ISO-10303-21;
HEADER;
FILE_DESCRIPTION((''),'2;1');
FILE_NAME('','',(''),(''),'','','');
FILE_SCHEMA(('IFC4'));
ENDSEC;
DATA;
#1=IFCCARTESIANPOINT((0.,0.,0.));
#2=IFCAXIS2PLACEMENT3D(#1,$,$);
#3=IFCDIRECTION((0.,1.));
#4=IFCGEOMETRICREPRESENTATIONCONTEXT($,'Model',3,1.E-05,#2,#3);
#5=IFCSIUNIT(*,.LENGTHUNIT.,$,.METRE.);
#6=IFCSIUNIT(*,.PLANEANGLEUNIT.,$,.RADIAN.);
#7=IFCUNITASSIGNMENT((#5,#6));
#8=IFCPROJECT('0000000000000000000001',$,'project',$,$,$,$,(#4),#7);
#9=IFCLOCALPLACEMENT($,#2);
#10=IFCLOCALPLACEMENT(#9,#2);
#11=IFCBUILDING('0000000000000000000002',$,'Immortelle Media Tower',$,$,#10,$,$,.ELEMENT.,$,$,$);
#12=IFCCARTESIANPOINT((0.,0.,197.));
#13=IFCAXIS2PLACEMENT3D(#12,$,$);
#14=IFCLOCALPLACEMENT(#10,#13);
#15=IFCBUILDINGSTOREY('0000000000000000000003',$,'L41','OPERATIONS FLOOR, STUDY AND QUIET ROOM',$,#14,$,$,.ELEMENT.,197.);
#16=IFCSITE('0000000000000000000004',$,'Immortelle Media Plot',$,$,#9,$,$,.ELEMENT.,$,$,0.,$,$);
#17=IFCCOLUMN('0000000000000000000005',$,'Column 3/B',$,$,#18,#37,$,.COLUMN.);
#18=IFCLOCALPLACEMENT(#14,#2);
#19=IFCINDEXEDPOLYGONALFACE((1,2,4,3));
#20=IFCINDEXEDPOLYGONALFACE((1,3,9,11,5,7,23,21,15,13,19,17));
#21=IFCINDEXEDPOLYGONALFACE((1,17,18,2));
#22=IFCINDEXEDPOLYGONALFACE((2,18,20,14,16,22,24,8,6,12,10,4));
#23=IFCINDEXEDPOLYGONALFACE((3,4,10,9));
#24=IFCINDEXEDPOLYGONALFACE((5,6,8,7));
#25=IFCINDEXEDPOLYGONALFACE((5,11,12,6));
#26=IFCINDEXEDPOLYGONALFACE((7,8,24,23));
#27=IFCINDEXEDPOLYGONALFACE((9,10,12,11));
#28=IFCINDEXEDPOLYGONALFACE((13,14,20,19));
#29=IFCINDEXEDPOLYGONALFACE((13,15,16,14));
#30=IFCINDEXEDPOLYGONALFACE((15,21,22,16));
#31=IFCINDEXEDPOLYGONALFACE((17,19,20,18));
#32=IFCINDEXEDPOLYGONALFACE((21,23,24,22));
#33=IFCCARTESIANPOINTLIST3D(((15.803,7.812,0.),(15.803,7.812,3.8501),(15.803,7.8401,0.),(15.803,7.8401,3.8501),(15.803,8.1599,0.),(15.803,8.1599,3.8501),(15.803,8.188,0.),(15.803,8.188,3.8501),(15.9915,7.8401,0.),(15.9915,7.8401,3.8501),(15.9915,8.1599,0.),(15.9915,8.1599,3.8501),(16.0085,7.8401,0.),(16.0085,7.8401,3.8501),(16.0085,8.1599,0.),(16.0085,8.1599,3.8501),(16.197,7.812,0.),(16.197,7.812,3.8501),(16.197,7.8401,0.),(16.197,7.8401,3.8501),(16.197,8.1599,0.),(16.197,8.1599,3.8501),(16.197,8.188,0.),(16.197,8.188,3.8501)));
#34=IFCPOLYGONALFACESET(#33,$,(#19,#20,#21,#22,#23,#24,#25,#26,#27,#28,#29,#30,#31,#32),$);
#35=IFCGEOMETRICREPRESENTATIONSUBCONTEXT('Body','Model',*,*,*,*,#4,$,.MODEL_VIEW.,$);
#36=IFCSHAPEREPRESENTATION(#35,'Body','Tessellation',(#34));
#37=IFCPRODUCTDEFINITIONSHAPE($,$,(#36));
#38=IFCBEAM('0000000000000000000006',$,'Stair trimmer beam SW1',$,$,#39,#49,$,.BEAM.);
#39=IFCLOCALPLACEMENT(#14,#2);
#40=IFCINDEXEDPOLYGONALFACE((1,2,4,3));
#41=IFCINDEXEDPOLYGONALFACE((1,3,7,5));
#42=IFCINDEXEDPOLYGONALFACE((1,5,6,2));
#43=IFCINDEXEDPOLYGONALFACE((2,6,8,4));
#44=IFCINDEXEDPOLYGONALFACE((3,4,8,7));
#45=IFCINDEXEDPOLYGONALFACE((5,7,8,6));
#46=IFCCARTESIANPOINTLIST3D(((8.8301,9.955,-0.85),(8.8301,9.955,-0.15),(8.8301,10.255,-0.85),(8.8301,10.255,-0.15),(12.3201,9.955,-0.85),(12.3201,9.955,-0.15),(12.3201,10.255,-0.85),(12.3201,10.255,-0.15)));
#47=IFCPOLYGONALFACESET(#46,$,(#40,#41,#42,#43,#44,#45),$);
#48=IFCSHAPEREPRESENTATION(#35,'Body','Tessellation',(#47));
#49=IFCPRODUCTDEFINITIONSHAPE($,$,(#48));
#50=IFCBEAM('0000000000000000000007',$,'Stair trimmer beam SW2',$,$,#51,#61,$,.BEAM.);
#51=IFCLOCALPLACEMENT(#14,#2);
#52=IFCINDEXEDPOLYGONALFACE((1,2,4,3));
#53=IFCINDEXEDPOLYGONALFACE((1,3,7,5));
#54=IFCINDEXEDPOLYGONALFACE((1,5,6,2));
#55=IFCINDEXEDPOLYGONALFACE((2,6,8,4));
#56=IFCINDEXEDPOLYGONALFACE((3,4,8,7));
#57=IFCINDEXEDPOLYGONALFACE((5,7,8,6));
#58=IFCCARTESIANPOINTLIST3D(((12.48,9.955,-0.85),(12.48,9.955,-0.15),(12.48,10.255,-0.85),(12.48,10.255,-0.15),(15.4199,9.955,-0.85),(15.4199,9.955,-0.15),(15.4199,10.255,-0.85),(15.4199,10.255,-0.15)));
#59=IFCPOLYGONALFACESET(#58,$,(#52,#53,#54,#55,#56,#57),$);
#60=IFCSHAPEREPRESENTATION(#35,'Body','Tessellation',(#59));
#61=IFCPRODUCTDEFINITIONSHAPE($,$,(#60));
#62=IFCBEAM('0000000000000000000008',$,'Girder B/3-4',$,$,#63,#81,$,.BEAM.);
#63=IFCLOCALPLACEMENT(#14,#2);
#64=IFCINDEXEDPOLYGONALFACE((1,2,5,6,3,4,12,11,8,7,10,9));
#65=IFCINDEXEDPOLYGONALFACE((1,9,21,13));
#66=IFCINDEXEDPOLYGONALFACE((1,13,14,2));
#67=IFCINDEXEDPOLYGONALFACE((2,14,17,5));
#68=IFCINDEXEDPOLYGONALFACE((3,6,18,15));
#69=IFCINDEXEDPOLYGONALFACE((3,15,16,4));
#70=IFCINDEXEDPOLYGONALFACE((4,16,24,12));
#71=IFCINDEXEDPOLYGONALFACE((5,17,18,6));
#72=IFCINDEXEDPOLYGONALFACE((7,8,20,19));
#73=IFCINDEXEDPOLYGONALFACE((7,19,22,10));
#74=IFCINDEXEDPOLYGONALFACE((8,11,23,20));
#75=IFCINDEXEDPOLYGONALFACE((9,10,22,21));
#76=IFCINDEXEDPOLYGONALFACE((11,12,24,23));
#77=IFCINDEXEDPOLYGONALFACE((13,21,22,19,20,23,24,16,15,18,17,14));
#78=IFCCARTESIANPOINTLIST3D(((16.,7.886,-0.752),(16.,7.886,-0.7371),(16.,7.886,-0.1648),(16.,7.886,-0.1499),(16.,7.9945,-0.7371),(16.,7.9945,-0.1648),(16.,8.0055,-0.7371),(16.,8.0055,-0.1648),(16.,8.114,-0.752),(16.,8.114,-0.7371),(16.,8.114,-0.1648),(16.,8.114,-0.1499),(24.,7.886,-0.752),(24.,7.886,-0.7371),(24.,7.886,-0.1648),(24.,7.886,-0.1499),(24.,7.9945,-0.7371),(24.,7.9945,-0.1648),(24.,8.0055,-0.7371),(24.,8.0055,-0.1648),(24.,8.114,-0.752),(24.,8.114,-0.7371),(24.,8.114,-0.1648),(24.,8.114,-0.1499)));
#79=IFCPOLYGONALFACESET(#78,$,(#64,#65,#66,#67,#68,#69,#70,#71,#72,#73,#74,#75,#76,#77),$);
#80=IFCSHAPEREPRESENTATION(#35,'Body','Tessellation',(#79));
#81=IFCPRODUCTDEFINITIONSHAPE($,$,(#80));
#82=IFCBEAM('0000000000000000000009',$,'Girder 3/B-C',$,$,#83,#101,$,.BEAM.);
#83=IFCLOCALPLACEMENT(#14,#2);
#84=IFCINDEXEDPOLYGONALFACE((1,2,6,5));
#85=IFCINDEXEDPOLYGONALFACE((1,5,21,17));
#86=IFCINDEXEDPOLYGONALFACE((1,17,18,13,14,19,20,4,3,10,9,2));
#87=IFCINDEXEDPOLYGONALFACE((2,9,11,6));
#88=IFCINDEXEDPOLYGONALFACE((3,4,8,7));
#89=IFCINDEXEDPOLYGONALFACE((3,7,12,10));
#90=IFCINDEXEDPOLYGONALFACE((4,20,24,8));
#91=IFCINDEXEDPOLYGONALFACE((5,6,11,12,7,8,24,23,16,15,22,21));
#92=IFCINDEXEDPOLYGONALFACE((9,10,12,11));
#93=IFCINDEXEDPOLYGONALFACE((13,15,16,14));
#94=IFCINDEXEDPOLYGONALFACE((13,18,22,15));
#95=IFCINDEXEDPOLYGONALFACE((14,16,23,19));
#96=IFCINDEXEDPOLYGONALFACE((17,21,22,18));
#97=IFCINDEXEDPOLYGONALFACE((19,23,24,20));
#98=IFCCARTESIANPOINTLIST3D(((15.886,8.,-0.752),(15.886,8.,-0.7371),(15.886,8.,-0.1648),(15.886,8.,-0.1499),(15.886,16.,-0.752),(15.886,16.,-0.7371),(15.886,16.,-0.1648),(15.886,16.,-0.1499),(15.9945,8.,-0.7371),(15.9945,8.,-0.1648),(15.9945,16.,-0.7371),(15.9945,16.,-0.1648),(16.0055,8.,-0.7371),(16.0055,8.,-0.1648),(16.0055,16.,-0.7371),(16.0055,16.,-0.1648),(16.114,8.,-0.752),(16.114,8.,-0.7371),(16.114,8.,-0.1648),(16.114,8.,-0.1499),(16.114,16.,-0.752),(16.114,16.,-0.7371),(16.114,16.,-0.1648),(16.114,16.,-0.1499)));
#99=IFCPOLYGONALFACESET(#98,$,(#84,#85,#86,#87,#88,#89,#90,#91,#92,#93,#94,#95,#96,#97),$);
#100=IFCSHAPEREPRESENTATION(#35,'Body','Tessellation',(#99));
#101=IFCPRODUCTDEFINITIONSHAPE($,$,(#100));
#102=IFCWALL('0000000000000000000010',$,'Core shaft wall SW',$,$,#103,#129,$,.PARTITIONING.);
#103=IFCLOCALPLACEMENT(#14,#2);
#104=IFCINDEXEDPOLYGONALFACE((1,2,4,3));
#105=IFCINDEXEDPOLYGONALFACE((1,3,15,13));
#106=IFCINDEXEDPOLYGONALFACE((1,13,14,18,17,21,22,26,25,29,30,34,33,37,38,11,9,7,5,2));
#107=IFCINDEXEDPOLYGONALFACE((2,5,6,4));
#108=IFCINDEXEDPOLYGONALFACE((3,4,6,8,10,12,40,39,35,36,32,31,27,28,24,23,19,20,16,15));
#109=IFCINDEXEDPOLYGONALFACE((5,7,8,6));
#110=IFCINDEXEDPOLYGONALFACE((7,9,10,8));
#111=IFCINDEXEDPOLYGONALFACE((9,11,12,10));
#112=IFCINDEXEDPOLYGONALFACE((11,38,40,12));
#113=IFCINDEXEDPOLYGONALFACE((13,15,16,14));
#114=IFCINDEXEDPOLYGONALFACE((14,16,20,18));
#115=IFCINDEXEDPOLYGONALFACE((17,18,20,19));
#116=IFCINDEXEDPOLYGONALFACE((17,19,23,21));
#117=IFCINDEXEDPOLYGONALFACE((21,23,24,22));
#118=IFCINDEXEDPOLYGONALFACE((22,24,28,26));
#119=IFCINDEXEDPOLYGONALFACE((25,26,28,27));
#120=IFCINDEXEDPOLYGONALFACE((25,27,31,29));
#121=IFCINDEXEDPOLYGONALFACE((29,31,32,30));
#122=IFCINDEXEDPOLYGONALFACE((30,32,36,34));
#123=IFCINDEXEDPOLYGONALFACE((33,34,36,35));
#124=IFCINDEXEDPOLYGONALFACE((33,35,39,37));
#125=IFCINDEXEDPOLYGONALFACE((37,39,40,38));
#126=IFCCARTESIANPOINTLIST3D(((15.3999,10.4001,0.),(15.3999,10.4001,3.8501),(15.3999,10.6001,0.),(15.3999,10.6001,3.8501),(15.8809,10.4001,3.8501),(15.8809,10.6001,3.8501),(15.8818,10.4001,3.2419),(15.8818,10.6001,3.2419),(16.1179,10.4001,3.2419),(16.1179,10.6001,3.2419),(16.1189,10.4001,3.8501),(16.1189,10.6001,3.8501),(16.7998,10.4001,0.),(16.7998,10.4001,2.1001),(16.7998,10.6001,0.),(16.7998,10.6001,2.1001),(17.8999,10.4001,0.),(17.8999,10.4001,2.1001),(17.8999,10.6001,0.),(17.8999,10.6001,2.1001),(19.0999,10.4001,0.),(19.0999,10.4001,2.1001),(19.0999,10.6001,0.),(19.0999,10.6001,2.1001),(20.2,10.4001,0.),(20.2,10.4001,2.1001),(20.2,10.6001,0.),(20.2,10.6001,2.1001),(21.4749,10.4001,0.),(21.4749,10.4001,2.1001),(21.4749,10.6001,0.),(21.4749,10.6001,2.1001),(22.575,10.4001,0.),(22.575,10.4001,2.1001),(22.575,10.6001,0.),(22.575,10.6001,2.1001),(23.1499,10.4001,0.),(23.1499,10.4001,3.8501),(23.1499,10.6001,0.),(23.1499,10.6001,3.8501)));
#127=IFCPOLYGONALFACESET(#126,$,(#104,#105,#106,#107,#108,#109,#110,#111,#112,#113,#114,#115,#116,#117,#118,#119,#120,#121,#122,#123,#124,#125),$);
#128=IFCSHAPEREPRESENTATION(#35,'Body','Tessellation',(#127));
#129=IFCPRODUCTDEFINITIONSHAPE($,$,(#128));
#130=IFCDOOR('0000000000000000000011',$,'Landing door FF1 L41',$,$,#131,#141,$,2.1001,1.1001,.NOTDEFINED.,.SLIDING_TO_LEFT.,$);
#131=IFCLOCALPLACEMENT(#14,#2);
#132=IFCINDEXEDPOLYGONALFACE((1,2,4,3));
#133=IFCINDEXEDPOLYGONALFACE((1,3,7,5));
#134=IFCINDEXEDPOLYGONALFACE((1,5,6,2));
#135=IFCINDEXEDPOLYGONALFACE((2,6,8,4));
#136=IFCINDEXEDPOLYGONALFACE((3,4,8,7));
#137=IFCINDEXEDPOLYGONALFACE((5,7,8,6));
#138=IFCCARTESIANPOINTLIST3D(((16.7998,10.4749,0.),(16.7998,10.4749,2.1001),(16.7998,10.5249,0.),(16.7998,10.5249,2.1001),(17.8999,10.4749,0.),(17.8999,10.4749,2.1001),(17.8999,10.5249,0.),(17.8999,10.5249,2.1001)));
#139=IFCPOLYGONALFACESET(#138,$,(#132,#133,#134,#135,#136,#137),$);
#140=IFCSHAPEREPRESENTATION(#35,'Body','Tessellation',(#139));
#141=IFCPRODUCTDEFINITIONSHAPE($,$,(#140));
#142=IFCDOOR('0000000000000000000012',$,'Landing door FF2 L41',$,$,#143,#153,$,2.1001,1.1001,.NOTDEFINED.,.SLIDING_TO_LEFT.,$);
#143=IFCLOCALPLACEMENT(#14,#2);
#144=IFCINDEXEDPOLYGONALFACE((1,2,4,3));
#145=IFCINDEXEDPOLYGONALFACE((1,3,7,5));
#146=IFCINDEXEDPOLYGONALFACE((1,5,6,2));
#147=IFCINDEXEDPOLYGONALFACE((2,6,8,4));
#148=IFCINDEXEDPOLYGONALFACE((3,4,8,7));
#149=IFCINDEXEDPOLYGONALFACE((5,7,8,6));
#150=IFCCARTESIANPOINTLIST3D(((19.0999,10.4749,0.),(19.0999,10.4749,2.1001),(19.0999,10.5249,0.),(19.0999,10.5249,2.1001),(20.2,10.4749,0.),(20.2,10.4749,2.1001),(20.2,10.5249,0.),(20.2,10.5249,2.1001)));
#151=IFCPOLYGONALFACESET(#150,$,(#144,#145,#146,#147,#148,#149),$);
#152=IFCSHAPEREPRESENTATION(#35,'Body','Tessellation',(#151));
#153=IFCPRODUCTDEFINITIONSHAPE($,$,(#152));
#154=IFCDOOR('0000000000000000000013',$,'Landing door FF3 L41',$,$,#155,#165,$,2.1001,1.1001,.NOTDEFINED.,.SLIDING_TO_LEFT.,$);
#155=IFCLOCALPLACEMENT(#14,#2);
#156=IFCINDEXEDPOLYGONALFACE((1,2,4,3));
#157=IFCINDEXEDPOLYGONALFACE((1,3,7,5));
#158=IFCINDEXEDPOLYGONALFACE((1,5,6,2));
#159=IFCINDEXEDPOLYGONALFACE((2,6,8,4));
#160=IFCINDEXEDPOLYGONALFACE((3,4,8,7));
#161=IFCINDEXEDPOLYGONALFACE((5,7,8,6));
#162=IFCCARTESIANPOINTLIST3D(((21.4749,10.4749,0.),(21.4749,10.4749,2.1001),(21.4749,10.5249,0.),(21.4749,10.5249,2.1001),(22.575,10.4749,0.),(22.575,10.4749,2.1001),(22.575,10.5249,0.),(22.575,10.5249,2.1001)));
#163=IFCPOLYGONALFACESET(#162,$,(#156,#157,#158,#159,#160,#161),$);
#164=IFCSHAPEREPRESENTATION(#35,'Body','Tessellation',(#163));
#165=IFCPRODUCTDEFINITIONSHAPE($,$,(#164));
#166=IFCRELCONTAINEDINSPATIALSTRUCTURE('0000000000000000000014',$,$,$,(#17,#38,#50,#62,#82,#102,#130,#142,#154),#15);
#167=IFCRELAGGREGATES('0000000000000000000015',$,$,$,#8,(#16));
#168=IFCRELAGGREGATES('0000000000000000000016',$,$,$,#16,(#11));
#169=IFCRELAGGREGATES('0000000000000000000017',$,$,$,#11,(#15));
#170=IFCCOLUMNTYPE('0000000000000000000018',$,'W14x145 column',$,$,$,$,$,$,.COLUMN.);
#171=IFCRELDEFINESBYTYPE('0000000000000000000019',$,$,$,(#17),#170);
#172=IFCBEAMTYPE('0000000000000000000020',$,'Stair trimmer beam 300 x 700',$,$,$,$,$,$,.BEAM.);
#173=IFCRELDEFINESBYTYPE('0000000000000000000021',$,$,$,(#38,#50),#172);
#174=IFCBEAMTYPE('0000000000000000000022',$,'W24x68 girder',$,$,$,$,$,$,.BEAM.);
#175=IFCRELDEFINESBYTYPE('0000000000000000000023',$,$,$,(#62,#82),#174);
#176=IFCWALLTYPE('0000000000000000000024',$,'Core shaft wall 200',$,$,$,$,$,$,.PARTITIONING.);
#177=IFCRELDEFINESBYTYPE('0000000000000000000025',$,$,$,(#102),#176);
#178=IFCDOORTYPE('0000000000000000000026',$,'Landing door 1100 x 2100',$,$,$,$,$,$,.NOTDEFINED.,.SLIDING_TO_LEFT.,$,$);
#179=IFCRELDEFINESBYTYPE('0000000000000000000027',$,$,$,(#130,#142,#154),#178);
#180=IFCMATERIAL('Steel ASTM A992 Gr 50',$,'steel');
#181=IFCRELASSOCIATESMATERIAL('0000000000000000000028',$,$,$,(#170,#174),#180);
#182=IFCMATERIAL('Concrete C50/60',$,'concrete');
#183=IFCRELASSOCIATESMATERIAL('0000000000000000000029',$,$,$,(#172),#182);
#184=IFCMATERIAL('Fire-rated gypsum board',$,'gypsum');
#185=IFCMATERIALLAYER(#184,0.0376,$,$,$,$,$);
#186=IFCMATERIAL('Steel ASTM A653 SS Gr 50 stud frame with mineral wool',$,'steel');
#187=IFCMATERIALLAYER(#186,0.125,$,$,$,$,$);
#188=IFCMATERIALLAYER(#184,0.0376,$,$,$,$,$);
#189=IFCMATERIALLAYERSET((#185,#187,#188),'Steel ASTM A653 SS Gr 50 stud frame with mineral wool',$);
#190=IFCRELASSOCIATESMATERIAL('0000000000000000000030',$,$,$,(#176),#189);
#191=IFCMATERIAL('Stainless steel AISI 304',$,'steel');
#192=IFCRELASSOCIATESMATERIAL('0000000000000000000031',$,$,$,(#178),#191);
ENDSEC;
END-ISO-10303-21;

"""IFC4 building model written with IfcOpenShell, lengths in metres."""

from ifc_helpers import new_model, si_unit, direction, frame, frame_2d, origin, origin_2d, place, context, subcontext, project, spatial, polyline, rectangle, i_section, outline, extrude, material, layer, layer_set, material_profile, profile_set, type_object, element, fill, save


model = new_model("IFC4")

# Units and contexts
model_context = context("Model", 3, precision=1e-05, world=origin(), true_north=direction((0.0, 1.0)))
body_context = subcontext(model_context, "Body", "Model", "MODEL_VIEW")
ifc_project = project(units=[si_unit("LENGTHUNIT", "METRE"), si_unit("PLANEANGLEUNIT", "RADIAN")], contexts=[model_context])

# Site, building, storey
site_placement = place(None, origin())
site = spatial("IfcSite", under=ifc_project, at=site_placement, Name="Immortelle Media Plot", CompositionType="ELEMENT", RefElevation=0.0)
building_placement = place(site_placement, origin())
building = spatial("IfcBuilding", under=site, at=building_placement, Name="Immortelle Media Tower", CompositionType="ELEMENT")
storey_placement = place(building_placement, frame((0.0, 0.0, 197.0)))
storey = spatial("IfcBuildingStorey", under=building, at=storey_placement, Name="L41", Description="OPERATIONS FLOOR, STUDY AND QUIET ROOM", CompositionType="ELEMENT", Elevation=197.0)

# Column
ifc_material_1 = material(Name="Steel ASTM A992 Gr 50", Category="steel")
ifc_material_profile_1 = material_profile(ifc_material_1, i_section(OverallWidth=0.394, OverallDepth=0.376, WebThickness=0.0171, FlangeThickness=0.0281, at=origin_2d()), Name="W14x145")
ifc_profile_set_1 = profile_set([ifc_material_profile_1], Name="Steel ASTM A992 Gr 50")
column_type = type_object("IfcColumnType", Name="W14x145 column", PredefinedType="COLUMN", material=ifc_profile_set_1)
column_placement = place(storey_placement, frame((16.0, 8.0, 0.0), z_axis=(0.0, 0.0, 1.0), x_axis=(1.0, 0.0, 0.0)))
element("IfcColumn", 1, at=column_placement, inside=storey, type_object=column_type, Name="Column 3/B", PredefinedType="COLUMN", context=body_context, shape_type="SweptSolid", body=[
    extrude(i_section(OverallWidth=0.394, OverallDepth=0.376, WebThickness=0.0171, FlangeThickness=0.0281, at=origin_2d()), origin(), (0.0, 0.0, 1.0), 3.8501),
])

# Beams
ifc_material_2 = material(Name="Concrete C50/60", Category="concrete")
ifc_material_profile_2 = material_profile(ifc_material_2, rectangle(XDim=0.3, YDim=0.7, at=origin_2d()), Name="RC 300x700")
ifc_profile_set_2 = profile_set([ifc_material_profile_2], Name="Concrete C50/60")
beam_type_1 = type_object("IfcBeamType", Name="Stair trimmer beam 300 x 700", PredefinedType="BEAM", material=ifc_profile_set_2)
beam_1_placement = place(storey_placement, frame((8.8301, 10.105, -0.5), z_axis=(1.0, 0.0, 0.0), x_axis=(0.0, 1.0, 0.0)))
element("IfcBeam", 2, at=beam_1_placement, inside=storey, type_object=beam_type_1, Name="Stair trimmer beam SW1", PredefinedType="BEAM", context=body_context, shape_type="SweptSolid", body=[
    extrude(rectangle(XDim=0.3, YDim=0.7, at=origin_2d()), origin(), (0.0, 0.0, 1.0), 3.49),
])
beam_2_placement = place(storey_placement, frame((12.48, 10.105, -0.5), z_axis=(1.0, 0.0, 0.0), x_axis=(0.0, 1.0, 0.0)))
element("IfcBeam", 3, at=beam_2_placement, inside=storey, type_object=beam_type_1, Name="Stair trimmer beam SW2", PredefinedType="BEAM", context=body_context, shape_type="SweptSolid", body=[
    extrude(rectangle(XDim=0.3, YDim=0.7, at=origin_2d()), origin(), (0.0, 0.0, 1.0), 2.9399),
])
ifc_material_profile_3 = material_profile(ifc_material_1, i_section(OverallWidth=0.228, OverallDepth=0.6021, WebThickness=0.011, FlangeThickness=0.0149, at=origin_2d()), Name="W24x68")
ifc_profile_set_3 = profile_set([ifc_material_profile_3], Name="Steel ASTM A992 Gr 50")
beam_type_2 = type_object("IfcBeamType", Name="W24x68 girder", PredefinedType="BEAM", material=ifc_profile_set_3)
for number, where, z_axis, x_axis, name in (
    (4, (16.0, 8.0, -0.4509), (1.0, 0.0, 0.0), (0.0, 1.0, 0.0), "Girder B/3-4"),
    (5, (16.0, 8.0, -0.4509), (0.0, 1.0, 0.0), (-1.0, 0.0, 0.0), "Girder 3/B-C"),
):
    element("IfcBeam", number, at=place(storey_placement, frame(where, z_axis=z_axis, x_axis=x_axis)), inside=storey, type_object=beam_type_2, Name=name, PredefinedType="BEAM", context=body_context, shape_type="SweptSolid", body=[
        extrude(i_section(OverallWidth=0.228, OverallDepth=0.6021, WebThickness=0.011, FlangeThickness=0.0149, at=origin_2d()), origin(), (0.0, 0.0, 1.0), 8.0),
    ])

# Wall, openings, doors
ifc_material_3 = material(Name="Fire-rated gypsum board", Category="gypsum")
ifc_layer_1 = layer(ifc_material_3, 0.0376)
ifc_material_4 = material(Name="Steel ASTM A653 SS Gr 50 stud frame with mineral wool", Category="steel")
ifc_layer_2 = layer(ifc_material_4, 0.125)
ifc_layer_3 = layer(ifc_material_3, 0.0376)
ifc_layer_set_1 = layer_set([ifc_layer_1, ifc_layer_2, ifc_layer_3], Name="Steel ASTM A653 SS Gr 50 stud frame with mineral wool")
wall_type_1 = type_object("IfcWallType", Name="Core shaft wall 200", PredefinedType="PARTITIONING", material=ifc_layer_set_1)
wall_1_placement = place(storey_placement, frame((15.3999, 10.5, 0.0), z_axis=(0.0, 0.0, 1.0), x_axis=(1.0, 0.0, 0.0)))
wall_1 = element("IfcWall", 6, at=wall_1_placement, inside=storey, type_object=wall_type_1, Name="Core shaft wall SW", PredefinedType="PARTITIONING", context=body_context, shape_type="SweptSolid", body=[
    extrude(outline(polyline([(0.0, 0.0), (7.75, 0.0), (7.75, 3.8501), (0.719, 3.8501), (0.718, 3.2419), (0.4819, 3.2419), (0.481, 3.8501), (0.0, 3.8501), (0.0, 0.0)])), frame((0.0, 0.1001, 0.0), z_axis=(0.0, -1.0, 0.0), x_axis=(1.0, 0.0, 0.0)), (0.0, 0.0, 1.0), 0.2),
])
opening_1_placement = place(wall_1_placement, frame((1.3999, 0.0, 0.0)))
opening_1 = element("IfcOpeningElement", 7, at=opening_1_placement, cuts=wall_1, PredefinedType="OPENING", context=body_context, shape_type="SweptSolid", body=[
    extrude(rectangle(XDim=1.1001, YDim=2.1001, at=frame_2d((0.55, 1.05))), frame((0.0, 0.1099, 0.0), z_axis=(0.0, -1.0, 0.0), x_axis=(1.0, 0.0, 0.0)), (0.0, 0.0, 1.0), 0.22),
])
opening_2_placement = place(wall_1_placement, frame((3.7, 0.0, 0.0)))
opening_2 = element("IfcOpeningElement", 8, at=opening_2_placement, cuts=wall_1, PredefinedType="OPENING", context=body_context, shape_type="SweptSolid", body=[
    extrude(rectangle(XDim=1.1001, YDim=2.1001, at=frame_2d((0.55, 1.05))), frame((0.0, 0.1099, 0.0), z_axis=(0.0, -1.0, 0.0), x_axis=(1.0, 0.0, 0.0)), (0.0, 0.0, 1.0), 0.22),
])
opening_3_placement = place(wall_1_placement, frame((6.075, 0.0, 0.0)))
opening_3 = element("IfcOpeningElement", 9, at=opening_3_placement, cuts=wall_1, PredefinedType="OPENING", context=body_context, shape_type="SweptSolid", body=[
    extrude(rectangle(XDim=1.1001, YDim=2.1001, at=frame_2d((0.55, 1.05))), frame((0.0, 0.1099, 0.0), z_axis=(0.0, -1.0, 0.0), x_axis=(1.0, 0.0, 0.0)), (0.0, 0.0, 1.0), 0.22),
])
ifc_material_5 = material(Name="Stainless steel AISI 304", Category="steel")
door_type_1 = type_object("IfcDoorType", Name="Landing door 1100 x 2100", OperationType="SLIDING_TO_LEFT", PredefinedType="NOTDEFINED", material=ifc_material_5)
door_1_placement = place(opening_1_placement, origin())
door_1 = element("IfcDoor", 10, at=door_1_placement, inside=storey, type_object=door_type_1, Name="Landing door FF1 L41", OperationType="SLIDING_TO_LEFT", OverallHeight=2.1001, OverallWidth=1.1001, PredefinedType="NOTDEFINED", context=body_context, shape_type="SweptSolid", body=[
    extrude(rectangle(XDim=1.1001, YDim=2.1001, at=frame_2d((0.55, 1.05))), frame((0.0, 0.0249, 0.0), z_axis=(0.0, -1.0, 0.0), x_axis=(1.0, 0.0, 0.0)), (0.0, 0.0, 1.0), 0.05),
])
fill(opening_1, door_1)
door_2_placement = place(opening_2_placement, origin())
door_2 = element("IfcDoor", 11, at=door_2_placement, inside=storey, type_object=door_type_1, Name="Landing door FF2 L41", OperationType="SLIDING_TO_LEFT", OverallHeight=2.1001, OverallWidth=1.1001, PredefinedType="NOTDEFINED", context=body_context, shape_type="SweptSolid", body=[
    extrude(rectangle(XDim=1.1001, YDim=2.1001, at=frame_2d((0.55, 1.05))), frame((0.0, 0.0249, 0.0), z_axis=(0.0, -1.0, 0.0), x_axis=(1.0, 0.0, 0.0)), (0.0, 0.0, 1.0), 0.05),
])
fill(opening_2, door_2)
door_3_placement = place(opening_3_placement, origin())
door_3 = element("IfcDoor", 12, at=door_3_placement, inside=storey, type_object=door_type_1, Name="Landing door FF3 L41", OperationType="SLIDING_TO_LEFT", OverallHeight=2.1001, OverallWidth=1.1001, PredefinedType="NOTDEFINED", context=body_context, shape_type="SweptSolid", body=[
    extrude(rectangle(XDim=1.1001, YDim=2.1001, at=frame_2d((0.55, 1.05))), frame((0.0, 0.0249, 0.0), z_axis=(0.0, -1.0, 0.0), x_axis=(1.0, 0.0, 0.0)), (0.0, 0.0, 1.0), 0.05),
])
fill(opening_3, door_3)

save(model, "model.ifc")
